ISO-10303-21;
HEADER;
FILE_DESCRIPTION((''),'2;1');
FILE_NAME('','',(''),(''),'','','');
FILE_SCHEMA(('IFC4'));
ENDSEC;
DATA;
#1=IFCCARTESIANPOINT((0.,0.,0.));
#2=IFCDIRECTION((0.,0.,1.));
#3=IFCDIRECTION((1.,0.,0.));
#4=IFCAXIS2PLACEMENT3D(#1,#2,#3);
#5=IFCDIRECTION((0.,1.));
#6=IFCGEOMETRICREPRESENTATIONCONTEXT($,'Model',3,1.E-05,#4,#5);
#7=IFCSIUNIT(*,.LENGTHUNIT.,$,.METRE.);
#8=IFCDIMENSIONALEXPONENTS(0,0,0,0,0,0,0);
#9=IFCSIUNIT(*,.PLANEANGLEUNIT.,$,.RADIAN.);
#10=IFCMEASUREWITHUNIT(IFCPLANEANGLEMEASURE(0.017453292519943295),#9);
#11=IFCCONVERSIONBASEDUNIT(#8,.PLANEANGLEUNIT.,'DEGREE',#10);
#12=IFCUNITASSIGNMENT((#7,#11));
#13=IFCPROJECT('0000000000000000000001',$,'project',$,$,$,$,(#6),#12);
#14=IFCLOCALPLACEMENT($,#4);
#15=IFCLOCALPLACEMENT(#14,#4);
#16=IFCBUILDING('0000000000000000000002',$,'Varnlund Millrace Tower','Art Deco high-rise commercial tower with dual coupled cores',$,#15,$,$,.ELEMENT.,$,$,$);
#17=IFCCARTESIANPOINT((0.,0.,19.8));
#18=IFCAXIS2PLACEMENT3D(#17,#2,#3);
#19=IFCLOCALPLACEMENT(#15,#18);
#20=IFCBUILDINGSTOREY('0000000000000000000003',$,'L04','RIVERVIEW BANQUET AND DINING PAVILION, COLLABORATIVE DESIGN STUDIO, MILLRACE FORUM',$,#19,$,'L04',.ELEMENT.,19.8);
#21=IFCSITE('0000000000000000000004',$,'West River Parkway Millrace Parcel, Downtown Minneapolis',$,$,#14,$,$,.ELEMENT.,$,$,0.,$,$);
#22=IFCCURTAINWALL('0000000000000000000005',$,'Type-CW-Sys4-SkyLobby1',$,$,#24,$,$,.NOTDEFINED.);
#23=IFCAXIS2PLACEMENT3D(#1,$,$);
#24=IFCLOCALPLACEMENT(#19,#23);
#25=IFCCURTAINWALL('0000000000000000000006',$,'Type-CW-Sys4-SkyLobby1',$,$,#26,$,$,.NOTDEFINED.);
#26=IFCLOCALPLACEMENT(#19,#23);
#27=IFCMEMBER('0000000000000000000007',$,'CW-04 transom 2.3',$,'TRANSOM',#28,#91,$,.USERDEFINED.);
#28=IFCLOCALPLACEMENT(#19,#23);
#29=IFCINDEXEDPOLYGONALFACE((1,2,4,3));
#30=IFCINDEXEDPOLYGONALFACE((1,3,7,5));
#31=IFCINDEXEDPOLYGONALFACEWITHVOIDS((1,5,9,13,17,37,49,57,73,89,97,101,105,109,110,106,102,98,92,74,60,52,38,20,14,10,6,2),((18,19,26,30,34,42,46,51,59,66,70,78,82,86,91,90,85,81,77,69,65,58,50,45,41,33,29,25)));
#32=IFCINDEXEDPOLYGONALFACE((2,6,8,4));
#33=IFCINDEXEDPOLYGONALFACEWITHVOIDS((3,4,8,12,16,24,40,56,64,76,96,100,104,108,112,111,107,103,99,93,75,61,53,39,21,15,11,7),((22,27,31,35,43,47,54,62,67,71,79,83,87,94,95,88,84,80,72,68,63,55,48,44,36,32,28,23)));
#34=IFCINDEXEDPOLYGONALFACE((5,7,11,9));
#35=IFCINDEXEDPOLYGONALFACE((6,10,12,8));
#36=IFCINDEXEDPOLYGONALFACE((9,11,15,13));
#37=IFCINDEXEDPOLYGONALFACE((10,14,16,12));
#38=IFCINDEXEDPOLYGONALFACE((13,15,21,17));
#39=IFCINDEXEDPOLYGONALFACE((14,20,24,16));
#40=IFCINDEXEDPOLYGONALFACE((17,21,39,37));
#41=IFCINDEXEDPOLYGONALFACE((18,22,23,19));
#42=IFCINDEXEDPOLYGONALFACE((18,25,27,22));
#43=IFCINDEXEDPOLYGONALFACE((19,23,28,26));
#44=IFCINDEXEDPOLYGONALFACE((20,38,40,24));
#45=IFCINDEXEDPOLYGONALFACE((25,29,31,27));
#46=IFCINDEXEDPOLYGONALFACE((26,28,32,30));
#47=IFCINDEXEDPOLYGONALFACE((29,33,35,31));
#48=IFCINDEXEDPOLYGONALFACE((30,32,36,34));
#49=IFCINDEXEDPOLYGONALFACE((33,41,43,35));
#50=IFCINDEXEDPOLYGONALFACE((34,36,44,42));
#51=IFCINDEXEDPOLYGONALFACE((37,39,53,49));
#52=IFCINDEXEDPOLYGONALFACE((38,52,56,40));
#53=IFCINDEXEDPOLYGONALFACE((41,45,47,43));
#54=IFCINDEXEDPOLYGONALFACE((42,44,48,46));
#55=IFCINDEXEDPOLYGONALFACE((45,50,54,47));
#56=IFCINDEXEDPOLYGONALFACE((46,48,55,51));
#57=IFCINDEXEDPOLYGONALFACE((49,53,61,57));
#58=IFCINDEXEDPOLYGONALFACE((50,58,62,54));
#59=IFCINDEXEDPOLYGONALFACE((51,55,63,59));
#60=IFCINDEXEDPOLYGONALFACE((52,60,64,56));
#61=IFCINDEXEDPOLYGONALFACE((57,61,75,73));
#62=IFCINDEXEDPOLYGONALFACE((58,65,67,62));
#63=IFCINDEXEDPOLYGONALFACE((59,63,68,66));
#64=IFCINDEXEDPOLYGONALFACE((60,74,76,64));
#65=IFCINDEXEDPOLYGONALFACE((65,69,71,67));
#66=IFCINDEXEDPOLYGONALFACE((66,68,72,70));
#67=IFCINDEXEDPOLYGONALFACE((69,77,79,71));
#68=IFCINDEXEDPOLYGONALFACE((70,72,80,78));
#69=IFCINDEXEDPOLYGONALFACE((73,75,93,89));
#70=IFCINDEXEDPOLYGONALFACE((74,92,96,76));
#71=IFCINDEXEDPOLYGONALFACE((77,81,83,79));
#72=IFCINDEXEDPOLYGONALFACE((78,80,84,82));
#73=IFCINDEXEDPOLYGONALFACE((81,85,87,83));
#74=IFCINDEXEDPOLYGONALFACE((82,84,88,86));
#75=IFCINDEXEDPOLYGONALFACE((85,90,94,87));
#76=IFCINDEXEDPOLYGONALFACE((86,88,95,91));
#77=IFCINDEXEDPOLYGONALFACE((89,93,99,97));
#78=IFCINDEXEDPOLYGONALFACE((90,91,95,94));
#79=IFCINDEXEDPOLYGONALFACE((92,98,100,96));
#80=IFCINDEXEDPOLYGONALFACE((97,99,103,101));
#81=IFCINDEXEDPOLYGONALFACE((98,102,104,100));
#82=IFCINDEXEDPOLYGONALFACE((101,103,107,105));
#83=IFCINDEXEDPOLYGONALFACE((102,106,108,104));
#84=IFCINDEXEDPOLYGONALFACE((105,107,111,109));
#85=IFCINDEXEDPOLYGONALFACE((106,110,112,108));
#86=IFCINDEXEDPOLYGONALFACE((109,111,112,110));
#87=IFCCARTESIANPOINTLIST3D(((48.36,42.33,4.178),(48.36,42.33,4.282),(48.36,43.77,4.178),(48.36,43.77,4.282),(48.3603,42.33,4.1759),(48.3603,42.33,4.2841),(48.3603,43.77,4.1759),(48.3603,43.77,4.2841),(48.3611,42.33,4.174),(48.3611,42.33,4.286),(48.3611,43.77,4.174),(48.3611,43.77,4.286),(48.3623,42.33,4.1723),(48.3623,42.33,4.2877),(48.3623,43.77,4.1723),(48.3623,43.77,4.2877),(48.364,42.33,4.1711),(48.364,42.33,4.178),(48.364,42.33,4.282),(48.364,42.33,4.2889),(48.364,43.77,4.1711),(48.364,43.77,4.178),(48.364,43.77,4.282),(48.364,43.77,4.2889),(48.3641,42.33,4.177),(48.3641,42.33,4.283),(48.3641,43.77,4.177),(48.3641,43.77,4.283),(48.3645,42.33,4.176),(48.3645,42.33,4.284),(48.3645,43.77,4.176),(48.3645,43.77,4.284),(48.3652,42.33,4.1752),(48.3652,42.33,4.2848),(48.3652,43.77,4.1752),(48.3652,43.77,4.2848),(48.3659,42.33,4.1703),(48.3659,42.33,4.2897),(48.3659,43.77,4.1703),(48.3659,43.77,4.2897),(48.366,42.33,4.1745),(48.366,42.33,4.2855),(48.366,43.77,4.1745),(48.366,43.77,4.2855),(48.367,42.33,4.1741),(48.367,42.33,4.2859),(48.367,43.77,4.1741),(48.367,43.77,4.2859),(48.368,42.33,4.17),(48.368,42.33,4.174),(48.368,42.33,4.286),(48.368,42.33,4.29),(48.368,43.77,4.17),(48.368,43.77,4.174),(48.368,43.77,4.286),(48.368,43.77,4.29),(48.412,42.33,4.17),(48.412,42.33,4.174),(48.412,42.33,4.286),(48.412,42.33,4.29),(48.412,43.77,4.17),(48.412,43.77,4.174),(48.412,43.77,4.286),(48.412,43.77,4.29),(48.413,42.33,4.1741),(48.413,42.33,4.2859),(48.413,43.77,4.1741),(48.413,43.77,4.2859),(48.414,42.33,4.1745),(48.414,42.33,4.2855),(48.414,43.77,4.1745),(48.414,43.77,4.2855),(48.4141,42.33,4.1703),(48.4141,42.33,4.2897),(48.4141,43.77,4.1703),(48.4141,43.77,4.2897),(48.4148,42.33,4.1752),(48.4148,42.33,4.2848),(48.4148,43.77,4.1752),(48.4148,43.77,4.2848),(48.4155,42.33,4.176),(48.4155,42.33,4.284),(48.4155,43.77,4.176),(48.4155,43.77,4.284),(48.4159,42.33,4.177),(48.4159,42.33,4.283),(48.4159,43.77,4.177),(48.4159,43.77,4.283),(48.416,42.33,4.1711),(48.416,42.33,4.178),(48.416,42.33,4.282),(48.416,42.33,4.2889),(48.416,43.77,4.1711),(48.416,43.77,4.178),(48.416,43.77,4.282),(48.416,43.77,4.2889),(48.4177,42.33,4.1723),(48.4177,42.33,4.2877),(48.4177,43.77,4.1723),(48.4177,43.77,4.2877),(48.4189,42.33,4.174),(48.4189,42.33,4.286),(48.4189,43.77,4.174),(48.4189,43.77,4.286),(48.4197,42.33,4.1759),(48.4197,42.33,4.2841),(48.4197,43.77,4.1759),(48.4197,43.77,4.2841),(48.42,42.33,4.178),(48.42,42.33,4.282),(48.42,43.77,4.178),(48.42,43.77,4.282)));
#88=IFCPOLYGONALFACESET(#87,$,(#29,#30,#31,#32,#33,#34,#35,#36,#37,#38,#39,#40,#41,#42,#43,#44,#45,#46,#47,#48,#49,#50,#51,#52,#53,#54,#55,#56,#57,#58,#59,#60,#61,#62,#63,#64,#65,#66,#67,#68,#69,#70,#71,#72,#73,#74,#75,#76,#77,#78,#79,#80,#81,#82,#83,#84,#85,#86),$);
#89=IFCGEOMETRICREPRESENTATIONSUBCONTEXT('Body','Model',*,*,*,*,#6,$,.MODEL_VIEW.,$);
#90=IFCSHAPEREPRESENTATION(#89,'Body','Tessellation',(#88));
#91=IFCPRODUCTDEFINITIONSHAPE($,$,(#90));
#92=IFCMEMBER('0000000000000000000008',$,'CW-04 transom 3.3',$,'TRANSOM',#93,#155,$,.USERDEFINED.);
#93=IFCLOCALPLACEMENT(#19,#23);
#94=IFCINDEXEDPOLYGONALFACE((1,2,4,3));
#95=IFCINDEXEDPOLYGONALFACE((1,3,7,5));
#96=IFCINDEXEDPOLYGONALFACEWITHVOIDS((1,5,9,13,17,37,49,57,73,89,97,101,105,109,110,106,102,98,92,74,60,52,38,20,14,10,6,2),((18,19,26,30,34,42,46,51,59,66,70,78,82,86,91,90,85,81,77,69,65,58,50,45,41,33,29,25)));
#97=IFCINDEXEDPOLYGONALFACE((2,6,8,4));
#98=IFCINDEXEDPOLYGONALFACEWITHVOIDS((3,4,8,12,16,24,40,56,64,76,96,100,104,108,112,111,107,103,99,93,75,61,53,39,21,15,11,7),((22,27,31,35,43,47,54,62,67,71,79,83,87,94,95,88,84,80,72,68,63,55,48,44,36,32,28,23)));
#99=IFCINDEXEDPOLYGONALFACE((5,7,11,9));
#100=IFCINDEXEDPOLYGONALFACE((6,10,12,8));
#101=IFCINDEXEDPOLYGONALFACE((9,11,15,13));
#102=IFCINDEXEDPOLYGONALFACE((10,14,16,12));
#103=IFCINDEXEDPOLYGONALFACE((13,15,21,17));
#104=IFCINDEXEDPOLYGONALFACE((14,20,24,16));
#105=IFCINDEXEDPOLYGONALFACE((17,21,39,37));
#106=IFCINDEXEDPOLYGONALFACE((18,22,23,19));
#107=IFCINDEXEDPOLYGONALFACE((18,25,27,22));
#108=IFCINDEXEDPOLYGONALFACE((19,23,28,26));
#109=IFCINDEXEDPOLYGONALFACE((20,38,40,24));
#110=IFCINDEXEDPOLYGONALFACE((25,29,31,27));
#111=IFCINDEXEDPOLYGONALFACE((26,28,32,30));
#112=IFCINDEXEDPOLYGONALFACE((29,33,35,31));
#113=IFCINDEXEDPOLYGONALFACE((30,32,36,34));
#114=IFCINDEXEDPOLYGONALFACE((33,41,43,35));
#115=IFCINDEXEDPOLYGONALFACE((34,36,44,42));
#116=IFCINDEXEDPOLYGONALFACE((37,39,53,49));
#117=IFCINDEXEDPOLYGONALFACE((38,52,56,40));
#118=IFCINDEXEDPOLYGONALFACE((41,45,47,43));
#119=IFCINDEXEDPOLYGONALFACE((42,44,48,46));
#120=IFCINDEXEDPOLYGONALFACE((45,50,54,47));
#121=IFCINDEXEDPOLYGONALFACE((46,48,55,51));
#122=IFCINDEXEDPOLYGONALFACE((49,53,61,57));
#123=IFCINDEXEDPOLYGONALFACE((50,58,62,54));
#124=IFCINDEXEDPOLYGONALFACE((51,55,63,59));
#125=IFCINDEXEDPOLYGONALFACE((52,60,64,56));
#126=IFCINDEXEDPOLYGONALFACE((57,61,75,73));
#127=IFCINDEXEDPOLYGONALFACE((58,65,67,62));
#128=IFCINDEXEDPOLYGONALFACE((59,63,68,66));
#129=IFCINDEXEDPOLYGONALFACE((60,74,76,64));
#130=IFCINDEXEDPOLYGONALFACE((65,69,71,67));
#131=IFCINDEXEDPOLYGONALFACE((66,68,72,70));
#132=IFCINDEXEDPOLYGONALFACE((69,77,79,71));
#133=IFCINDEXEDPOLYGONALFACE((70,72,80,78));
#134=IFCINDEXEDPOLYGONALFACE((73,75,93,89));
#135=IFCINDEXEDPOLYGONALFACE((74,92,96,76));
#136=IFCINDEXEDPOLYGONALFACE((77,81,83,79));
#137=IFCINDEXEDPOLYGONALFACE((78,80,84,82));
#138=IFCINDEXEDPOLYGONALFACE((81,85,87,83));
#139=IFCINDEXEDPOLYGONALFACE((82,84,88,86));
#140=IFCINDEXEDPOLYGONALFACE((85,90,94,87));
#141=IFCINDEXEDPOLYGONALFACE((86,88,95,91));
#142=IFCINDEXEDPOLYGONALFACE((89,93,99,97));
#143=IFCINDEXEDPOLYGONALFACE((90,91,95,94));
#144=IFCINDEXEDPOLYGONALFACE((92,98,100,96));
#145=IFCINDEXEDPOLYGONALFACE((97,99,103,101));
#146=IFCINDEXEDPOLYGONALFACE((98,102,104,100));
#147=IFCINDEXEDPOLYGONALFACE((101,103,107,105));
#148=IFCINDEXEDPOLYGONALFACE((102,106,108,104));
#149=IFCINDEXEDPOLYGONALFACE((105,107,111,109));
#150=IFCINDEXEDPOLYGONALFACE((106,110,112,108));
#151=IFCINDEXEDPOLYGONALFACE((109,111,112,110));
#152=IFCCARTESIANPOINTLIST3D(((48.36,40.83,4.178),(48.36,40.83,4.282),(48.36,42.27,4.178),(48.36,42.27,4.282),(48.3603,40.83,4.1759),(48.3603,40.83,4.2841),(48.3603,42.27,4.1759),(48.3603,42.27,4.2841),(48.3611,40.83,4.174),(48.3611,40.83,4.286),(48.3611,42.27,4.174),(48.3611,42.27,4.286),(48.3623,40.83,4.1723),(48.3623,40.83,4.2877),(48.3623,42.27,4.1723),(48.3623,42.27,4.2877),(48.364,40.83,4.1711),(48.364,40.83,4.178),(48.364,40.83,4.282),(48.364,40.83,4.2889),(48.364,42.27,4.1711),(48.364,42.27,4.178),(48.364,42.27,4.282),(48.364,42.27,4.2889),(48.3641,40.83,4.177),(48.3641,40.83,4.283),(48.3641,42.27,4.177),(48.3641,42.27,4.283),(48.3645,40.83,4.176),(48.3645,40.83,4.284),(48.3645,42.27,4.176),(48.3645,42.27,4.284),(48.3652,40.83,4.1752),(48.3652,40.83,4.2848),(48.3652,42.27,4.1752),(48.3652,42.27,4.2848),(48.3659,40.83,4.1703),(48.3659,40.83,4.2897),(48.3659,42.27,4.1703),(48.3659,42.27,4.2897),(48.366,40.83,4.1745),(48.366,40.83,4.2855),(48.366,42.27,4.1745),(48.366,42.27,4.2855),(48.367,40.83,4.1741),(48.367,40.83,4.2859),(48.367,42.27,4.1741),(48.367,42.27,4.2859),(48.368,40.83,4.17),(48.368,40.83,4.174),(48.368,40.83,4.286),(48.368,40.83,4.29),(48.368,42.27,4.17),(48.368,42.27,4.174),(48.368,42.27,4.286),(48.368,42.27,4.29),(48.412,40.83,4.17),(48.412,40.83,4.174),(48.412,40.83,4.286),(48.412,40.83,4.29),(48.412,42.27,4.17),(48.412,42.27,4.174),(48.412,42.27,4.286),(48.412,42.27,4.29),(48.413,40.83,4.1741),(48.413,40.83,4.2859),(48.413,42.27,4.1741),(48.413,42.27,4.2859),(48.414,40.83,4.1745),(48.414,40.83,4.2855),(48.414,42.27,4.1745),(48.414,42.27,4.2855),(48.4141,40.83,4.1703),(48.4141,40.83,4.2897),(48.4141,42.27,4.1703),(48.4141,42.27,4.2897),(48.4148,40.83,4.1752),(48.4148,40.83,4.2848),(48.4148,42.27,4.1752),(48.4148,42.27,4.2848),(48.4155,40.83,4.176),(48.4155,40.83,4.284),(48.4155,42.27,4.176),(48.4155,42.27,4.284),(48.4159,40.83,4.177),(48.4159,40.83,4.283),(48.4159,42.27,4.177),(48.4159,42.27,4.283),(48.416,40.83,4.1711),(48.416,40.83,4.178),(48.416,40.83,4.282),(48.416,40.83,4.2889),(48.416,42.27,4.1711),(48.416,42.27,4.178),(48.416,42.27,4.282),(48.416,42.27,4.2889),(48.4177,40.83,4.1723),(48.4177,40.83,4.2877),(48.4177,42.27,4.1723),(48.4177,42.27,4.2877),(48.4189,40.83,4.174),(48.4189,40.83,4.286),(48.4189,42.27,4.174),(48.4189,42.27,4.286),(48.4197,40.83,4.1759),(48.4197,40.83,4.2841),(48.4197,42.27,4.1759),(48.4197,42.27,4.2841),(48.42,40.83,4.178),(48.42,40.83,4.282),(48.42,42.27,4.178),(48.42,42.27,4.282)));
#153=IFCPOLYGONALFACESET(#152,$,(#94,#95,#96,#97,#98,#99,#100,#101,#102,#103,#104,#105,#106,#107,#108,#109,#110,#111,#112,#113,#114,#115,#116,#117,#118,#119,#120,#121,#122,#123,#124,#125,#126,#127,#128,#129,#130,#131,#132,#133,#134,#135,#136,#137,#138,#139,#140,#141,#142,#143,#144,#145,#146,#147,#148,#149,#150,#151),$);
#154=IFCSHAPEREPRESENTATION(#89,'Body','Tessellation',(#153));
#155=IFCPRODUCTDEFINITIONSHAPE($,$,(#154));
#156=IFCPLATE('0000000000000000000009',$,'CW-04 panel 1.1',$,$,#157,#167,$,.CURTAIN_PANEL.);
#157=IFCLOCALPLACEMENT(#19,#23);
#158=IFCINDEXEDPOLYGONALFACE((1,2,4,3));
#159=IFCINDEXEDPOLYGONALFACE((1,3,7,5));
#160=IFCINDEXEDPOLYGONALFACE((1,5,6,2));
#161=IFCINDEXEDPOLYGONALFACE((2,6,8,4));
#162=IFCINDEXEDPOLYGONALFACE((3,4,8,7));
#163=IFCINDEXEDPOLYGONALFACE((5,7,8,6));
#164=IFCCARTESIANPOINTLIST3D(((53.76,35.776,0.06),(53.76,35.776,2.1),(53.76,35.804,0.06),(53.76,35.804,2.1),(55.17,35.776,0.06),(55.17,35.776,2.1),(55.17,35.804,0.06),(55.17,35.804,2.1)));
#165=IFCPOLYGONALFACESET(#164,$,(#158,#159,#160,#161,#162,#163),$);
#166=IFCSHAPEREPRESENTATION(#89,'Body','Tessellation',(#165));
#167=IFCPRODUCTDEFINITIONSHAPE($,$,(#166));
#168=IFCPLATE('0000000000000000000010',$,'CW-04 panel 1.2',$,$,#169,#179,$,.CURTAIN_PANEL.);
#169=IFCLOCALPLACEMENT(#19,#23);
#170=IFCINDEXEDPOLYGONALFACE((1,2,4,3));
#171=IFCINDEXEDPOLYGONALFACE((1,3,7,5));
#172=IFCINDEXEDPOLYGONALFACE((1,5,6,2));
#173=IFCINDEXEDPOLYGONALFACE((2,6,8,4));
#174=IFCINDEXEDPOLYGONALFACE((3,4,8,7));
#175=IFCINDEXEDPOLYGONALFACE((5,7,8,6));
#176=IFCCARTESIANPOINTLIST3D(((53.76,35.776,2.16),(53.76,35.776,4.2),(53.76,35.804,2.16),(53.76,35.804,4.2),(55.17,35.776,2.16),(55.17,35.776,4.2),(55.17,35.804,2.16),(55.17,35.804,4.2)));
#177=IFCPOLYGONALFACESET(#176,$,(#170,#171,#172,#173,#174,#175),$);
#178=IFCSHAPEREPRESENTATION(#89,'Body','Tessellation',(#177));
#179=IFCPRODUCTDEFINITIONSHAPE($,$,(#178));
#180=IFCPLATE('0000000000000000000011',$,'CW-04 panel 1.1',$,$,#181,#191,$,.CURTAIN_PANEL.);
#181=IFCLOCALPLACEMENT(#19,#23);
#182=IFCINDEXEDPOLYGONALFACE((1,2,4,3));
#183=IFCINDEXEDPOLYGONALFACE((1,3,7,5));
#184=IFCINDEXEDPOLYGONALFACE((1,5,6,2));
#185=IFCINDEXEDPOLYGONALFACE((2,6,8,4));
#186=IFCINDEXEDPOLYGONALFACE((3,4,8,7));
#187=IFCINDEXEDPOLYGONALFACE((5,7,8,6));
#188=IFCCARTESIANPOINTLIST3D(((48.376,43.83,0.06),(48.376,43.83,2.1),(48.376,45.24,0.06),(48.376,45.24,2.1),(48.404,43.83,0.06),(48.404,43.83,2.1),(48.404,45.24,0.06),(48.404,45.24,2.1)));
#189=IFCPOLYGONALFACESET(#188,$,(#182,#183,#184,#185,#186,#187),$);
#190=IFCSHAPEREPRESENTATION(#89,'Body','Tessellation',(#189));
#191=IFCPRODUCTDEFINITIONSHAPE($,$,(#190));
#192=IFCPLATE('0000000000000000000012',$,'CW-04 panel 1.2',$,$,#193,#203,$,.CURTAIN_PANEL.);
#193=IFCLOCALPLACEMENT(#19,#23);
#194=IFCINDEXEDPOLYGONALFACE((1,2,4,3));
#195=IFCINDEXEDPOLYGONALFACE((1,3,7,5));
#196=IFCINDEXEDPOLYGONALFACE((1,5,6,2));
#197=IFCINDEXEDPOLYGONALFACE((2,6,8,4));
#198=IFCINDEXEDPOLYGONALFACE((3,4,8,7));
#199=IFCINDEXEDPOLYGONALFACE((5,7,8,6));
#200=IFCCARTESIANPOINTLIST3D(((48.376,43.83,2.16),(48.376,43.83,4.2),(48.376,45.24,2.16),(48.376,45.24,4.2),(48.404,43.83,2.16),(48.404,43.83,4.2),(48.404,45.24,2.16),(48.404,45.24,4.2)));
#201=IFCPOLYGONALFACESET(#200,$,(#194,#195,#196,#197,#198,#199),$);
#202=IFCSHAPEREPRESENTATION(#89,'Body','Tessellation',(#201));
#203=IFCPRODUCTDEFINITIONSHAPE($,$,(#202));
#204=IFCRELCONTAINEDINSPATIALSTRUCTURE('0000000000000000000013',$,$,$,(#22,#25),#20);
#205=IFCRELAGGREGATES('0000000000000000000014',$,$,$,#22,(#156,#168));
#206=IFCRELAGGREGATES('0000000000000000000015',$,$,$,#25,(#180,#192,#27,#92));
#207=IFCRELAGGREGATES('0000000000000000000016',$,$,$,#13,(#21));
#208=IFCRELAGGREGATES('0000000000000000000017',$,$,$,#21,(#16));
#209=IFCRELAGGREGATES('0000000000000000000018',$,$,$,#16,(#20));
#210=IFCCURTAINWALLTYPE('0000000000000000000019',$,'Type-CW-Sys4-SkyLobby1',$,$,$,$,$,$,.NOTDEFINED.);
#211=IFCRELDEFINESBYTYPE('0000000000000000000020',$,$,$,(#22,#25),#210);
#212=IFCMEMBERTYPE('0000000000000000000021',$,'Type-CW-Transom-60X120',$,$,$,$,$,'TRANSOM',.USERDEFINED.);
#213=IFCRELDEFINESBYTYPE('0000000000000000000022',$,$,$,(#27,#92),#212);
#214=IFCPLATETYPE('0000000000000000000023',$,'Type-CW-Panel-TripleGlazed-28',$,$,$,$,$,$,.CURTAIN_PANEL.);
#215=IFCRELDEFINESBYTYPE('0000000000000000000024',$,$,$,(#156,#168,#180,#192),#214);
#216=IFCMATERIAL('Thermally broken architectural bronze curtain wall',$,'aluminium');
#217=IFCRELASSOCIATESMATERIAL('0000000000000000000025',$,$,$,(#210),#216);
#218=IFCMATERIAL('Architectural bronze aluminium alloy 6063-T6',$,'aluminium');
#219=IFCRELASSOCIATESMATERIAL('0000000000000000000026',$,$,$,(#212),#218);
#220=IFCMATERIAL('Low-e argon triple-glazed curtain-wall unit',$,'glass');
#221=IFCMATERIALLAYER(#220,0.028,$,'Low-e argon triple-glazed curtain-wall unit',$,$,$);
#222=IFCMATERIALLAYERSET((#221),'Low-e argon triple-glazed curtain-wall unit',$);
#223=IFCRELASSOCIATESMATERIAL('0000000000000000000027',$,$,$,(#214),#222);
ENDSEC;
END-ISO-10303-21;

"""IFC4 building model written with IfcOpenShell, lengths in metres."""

from ifc_helpers import new_model, entity, si_unit, converted_unit, direction, frame, origin_with_axes, origin_2d_with_axis, place, context, subcontext, project, spatial, rectangle, hollow_rectangle, extrude, material, layer, layer_set, material_profile, profile_set, type_object, element, aggregate, save


model = new_model("IFC4")

# Units and contexts
model_context = context("Model", 3, precision=1e-05, world=origin_with_axes(), true_north=direction((0.0, 1.0)))
body_context = subcontext(model_context, "Body", "Model", "MODEL_VIEW")
ifc_project = project(units=[si_unit("LENGTHUNIT", "METRE"), converted_unit("PLANEANGLEUNIT", "DEGREE", entity("IfcPlaneAngleMeasure", 0.017453292519943295), si_unit("PLANEANGLEUNIT", "RADIAN"), dimensions=[0, 0, 0, 0, 0, 0, 0])], contexts=[model_context])

# Site, building, storey
site_placement = place(None, origin_with_axes())
site = spatial("IfcSite", under=ifc_project, at=site_placement, Name="West River Parkway Millrace Parcel, Downtown Minneapolis", CompositionType="ELEMENT", RefElevation=0.0)
building_placement = place(site_placement, origin_with_axes())
building = spatial("IfcBuilding", under=site, at=building_placement, Name="Varnlund Millrace Tower", Description="Art Deco high-rise commercial tower with dual coupled cores", CompositionType="ELEMENT")
storey_placement = place(building_placement, frame((0.0, 0.0, 19.8), z_axis=(0.0, 0.0, 1.0), x_axis=(1.0, 0.0, 0.0)))
storey = spatial("IfcBuildingStorey", under=building, at=storey_placement, Name="L04", Description="RIVERVIEW BANQUET AND DINING PAVILION, COLLABORATIVE DESIGN STUDIO, MILLRACE FORUM", LongName="L04", CompositionType="ELEMENT", Elevation=19.8)

# Curtain wall
ifc_material_1 = material(Name="Thermally broken architectural bronze curtain wall", Category="aluminium")
curtain_wall_type = type_object("IfcCurtainWallType", Name="Type-CW-Sys4-SkyLobby1", PredefinedType="NOTDEFINED", material=ifc_material_1)
curtain_wall_1_placement = place(storey_placement, frame((53.7, 35.79, 0.0), z_axis=(0.0, 0.0, 1.0), x_axis=(1.0, 0.0, 0.0)))
curtain_wall_1 = element("IfcCurtainWall", 1, at=curtain_wall_1_placement, inside=storey, type_object=curtain_wall_type, Name="Type-CW-Sys4-SkyLobby1", PredefinedType="NOTDEFINED")
ifc_material_2 = material(Name="Architectural bronze aluminium alloy 6063-T6", Category="aluminium")

# Curtain wall
curtain_wall_2_placement = place(storey_placement, frame((48.39, 45.3, 0.0), z_axis=(0.0, 0.0, 1.0), x_axis=(1.0, 0.0, 0.0)))
curtain_wall_2 = element("IfcCurtainWall", 2, at=curtain_wall_2_placement, inside=storey, type_object=curtain_wall_type, Name="Type-CW-Sys4-SkyLobby1", PredefinedType="NOTDEFINED")

# Members
ifc_material_profile_1 = material_profile(ifc_material_2, hollow_rectangle(XDim=0.06, YDim=0.12, WallThickness=0.004, InnerFilletRadius=0.004, OuterFilletRadius=0.008, at=origin_2d_with_axis()), Name="Architectural bronze aluminium alloy 6063-T6")
ifc_profile_set_1 = profile_set([ifc_material_profile_1], Name="Architectural bronze aluminium alloy 6063-T6")
member_type_1 = type_object("IfcMemberType", Name="Type-CW-Transom-60X120", ElementType="TRANSOM", PredefinedType="USERDEFINED", material=ifc_profile_set_1)
member_1_placement = place(storey_placement, frame((48.39, 43.77, 4.23), z_axis=(0.0, -1.0, 0.0), x_axis=(1.0, 0.0, 0.0)))
member_1 = element("IfcMember", 3, at=member_1_placement, type_object=member_type_1, Name="CW-04 transom 2.3", ObjectType="TRANSOM", PredefinedType="USERDEFINED", context=body_context, shape_type="SweptSolid", body=[
    extrude(hollow_rectangle(XDim=0.06, YDim=0.12, WallThickness=0.004, InnerFilletRadius=0.004, OuterFilletRadius=0.008, at=origin_2d_with_axis()), origin_with_axes(), (0.0, 0.0, 1.0), 1.44),
])
member_2_placement = place(storey_placement, frame((48.39, 42.27, 4.23), z_axis=(0.0, -1.0, 0.0), x_axis=(1.0, 0.0, 0.0)))
member_2 = element("IfcMember", 4, at=member_2_placement, type_object=member_type_1, Name="CW-04 transom 3.3", ObjectType="TRANSOM", PredefinedType="USERDEFINED", context=body_context, shape_type="SweptSolid", body=[
    extrude(hollow_rectangle(XDim=0.06, YDim=0.12, WallThickness=0.004, InnerFilletRadius=0.004, OuterFilletRadius=0.008, at=origin_2d_with_axis()), origin_with_axes(), (0.0, 0.0, 1.0), 1.44),
])

# Plates
ifc_material_3 = material(Name="Low-e argon triple-glazed curtain-wall unit", Category="glass")
ifc_layer_1 = layer(ifc_material_3, 0.028, Name="Low-e argon triple-glazed curtain-wall unit")
ifc_layer_set_1 = layer_set([ifc_layer_1], Name="Low-e argon triple-glazed curtain-wall unit")
plate_type = type_object("IfcPlateType", Name="Type-CW-Panel-TripleGlazed-28", PredefinedType="CURTAIN_PANEL", material=ifc_layer_set_1)
plate_1_placement = place(storey_placement, frame((54.465, 35.79, 0.06), z_axis=(0.0, 0.0, 1.0), x_axis=(1.0, 0.0, 0.0)))
plate_1 = element("IfcPlate", 5, at=plate_1_placement, type_object=plate_type, Name="CW-04 panel 1.1", PredefinedType="CURTAIN_PANEL", context=body_context, shape_type="SweptSolid", body=[
    extrude(rectangle(XDim=1.41, YDim=0.028, at=origin_2d_with_axis()), origin_with_axes(), (0.0, 0.0, 1.0), 2.04),
])
plate_2_placement = place(storey_placement, frame((54.465, 35.79, 2.16), z_axis=(0.0, 0.0, 1.0), x_axis=(1.0, 0.0, 0.0)))
plate_2 = element("IfcPlate", 6, at=plate_2_placement, type_object=plate_type, Name="CW-04 panel 1.2", PredefinedType="CURTAIN_PANEL", context=body_context, shape_type="SweptSolid", body=[
    extrude(rectangle(XDim=1.41, YDim=0.028, at=origin_2d_with_axis()), origin_with_axes(), (0.0, 0.0, 1.0), 2.04),
])
aggregate(curtain_wall_1, [plate_1, plate_2])
plate_3_placement = place(storey_placement, frame((48.39, 44.535, 0.06), z_axis=(0.0, 0.0, 1.0), x_axis=(0.0, -1.0, 0.0)))
plate_3 = element("IfcPlate", 7, at=plate_3_placement, type_object=plate_type, Name="CW-04 panel 1.1", PredefinedType="CURTAIN_PANEL", context=body_context, shape_type="SweptSolid", body=[
    extrude(rectangle(XDim=1.41, YDim=0.028, at=origin_2d_with_axis()), origin_with_axes(), (0.0, 0.0, 1.0), 2.04),
])
plate_4_placement = place(storey_placement, frame((48.39, 44.535, 2.16), z_axis=(0.0, 0.0, 1.0), x_axis=(0.0, -1.0, 0.0)))
plate_4 = element("IfcPlate", 8, at=plate_4_placement, type_object=plate_type, Name="CW-04 panel 1.2", PredefinedType="CURTAIN_PANEL", context=body_context, shape_type="SweptSolid", body=[
    extrude(rectangle(XDim=1.41, YDim=0.028, at=origin_2d_with_axis()), origin_with_axes(), (0.0, 0.0, 1.0), 2.04),
])
aggregate(curtain_wall_2, [plate_3, plate_4, member_1, member_2])

save(model, "model.ifc")
